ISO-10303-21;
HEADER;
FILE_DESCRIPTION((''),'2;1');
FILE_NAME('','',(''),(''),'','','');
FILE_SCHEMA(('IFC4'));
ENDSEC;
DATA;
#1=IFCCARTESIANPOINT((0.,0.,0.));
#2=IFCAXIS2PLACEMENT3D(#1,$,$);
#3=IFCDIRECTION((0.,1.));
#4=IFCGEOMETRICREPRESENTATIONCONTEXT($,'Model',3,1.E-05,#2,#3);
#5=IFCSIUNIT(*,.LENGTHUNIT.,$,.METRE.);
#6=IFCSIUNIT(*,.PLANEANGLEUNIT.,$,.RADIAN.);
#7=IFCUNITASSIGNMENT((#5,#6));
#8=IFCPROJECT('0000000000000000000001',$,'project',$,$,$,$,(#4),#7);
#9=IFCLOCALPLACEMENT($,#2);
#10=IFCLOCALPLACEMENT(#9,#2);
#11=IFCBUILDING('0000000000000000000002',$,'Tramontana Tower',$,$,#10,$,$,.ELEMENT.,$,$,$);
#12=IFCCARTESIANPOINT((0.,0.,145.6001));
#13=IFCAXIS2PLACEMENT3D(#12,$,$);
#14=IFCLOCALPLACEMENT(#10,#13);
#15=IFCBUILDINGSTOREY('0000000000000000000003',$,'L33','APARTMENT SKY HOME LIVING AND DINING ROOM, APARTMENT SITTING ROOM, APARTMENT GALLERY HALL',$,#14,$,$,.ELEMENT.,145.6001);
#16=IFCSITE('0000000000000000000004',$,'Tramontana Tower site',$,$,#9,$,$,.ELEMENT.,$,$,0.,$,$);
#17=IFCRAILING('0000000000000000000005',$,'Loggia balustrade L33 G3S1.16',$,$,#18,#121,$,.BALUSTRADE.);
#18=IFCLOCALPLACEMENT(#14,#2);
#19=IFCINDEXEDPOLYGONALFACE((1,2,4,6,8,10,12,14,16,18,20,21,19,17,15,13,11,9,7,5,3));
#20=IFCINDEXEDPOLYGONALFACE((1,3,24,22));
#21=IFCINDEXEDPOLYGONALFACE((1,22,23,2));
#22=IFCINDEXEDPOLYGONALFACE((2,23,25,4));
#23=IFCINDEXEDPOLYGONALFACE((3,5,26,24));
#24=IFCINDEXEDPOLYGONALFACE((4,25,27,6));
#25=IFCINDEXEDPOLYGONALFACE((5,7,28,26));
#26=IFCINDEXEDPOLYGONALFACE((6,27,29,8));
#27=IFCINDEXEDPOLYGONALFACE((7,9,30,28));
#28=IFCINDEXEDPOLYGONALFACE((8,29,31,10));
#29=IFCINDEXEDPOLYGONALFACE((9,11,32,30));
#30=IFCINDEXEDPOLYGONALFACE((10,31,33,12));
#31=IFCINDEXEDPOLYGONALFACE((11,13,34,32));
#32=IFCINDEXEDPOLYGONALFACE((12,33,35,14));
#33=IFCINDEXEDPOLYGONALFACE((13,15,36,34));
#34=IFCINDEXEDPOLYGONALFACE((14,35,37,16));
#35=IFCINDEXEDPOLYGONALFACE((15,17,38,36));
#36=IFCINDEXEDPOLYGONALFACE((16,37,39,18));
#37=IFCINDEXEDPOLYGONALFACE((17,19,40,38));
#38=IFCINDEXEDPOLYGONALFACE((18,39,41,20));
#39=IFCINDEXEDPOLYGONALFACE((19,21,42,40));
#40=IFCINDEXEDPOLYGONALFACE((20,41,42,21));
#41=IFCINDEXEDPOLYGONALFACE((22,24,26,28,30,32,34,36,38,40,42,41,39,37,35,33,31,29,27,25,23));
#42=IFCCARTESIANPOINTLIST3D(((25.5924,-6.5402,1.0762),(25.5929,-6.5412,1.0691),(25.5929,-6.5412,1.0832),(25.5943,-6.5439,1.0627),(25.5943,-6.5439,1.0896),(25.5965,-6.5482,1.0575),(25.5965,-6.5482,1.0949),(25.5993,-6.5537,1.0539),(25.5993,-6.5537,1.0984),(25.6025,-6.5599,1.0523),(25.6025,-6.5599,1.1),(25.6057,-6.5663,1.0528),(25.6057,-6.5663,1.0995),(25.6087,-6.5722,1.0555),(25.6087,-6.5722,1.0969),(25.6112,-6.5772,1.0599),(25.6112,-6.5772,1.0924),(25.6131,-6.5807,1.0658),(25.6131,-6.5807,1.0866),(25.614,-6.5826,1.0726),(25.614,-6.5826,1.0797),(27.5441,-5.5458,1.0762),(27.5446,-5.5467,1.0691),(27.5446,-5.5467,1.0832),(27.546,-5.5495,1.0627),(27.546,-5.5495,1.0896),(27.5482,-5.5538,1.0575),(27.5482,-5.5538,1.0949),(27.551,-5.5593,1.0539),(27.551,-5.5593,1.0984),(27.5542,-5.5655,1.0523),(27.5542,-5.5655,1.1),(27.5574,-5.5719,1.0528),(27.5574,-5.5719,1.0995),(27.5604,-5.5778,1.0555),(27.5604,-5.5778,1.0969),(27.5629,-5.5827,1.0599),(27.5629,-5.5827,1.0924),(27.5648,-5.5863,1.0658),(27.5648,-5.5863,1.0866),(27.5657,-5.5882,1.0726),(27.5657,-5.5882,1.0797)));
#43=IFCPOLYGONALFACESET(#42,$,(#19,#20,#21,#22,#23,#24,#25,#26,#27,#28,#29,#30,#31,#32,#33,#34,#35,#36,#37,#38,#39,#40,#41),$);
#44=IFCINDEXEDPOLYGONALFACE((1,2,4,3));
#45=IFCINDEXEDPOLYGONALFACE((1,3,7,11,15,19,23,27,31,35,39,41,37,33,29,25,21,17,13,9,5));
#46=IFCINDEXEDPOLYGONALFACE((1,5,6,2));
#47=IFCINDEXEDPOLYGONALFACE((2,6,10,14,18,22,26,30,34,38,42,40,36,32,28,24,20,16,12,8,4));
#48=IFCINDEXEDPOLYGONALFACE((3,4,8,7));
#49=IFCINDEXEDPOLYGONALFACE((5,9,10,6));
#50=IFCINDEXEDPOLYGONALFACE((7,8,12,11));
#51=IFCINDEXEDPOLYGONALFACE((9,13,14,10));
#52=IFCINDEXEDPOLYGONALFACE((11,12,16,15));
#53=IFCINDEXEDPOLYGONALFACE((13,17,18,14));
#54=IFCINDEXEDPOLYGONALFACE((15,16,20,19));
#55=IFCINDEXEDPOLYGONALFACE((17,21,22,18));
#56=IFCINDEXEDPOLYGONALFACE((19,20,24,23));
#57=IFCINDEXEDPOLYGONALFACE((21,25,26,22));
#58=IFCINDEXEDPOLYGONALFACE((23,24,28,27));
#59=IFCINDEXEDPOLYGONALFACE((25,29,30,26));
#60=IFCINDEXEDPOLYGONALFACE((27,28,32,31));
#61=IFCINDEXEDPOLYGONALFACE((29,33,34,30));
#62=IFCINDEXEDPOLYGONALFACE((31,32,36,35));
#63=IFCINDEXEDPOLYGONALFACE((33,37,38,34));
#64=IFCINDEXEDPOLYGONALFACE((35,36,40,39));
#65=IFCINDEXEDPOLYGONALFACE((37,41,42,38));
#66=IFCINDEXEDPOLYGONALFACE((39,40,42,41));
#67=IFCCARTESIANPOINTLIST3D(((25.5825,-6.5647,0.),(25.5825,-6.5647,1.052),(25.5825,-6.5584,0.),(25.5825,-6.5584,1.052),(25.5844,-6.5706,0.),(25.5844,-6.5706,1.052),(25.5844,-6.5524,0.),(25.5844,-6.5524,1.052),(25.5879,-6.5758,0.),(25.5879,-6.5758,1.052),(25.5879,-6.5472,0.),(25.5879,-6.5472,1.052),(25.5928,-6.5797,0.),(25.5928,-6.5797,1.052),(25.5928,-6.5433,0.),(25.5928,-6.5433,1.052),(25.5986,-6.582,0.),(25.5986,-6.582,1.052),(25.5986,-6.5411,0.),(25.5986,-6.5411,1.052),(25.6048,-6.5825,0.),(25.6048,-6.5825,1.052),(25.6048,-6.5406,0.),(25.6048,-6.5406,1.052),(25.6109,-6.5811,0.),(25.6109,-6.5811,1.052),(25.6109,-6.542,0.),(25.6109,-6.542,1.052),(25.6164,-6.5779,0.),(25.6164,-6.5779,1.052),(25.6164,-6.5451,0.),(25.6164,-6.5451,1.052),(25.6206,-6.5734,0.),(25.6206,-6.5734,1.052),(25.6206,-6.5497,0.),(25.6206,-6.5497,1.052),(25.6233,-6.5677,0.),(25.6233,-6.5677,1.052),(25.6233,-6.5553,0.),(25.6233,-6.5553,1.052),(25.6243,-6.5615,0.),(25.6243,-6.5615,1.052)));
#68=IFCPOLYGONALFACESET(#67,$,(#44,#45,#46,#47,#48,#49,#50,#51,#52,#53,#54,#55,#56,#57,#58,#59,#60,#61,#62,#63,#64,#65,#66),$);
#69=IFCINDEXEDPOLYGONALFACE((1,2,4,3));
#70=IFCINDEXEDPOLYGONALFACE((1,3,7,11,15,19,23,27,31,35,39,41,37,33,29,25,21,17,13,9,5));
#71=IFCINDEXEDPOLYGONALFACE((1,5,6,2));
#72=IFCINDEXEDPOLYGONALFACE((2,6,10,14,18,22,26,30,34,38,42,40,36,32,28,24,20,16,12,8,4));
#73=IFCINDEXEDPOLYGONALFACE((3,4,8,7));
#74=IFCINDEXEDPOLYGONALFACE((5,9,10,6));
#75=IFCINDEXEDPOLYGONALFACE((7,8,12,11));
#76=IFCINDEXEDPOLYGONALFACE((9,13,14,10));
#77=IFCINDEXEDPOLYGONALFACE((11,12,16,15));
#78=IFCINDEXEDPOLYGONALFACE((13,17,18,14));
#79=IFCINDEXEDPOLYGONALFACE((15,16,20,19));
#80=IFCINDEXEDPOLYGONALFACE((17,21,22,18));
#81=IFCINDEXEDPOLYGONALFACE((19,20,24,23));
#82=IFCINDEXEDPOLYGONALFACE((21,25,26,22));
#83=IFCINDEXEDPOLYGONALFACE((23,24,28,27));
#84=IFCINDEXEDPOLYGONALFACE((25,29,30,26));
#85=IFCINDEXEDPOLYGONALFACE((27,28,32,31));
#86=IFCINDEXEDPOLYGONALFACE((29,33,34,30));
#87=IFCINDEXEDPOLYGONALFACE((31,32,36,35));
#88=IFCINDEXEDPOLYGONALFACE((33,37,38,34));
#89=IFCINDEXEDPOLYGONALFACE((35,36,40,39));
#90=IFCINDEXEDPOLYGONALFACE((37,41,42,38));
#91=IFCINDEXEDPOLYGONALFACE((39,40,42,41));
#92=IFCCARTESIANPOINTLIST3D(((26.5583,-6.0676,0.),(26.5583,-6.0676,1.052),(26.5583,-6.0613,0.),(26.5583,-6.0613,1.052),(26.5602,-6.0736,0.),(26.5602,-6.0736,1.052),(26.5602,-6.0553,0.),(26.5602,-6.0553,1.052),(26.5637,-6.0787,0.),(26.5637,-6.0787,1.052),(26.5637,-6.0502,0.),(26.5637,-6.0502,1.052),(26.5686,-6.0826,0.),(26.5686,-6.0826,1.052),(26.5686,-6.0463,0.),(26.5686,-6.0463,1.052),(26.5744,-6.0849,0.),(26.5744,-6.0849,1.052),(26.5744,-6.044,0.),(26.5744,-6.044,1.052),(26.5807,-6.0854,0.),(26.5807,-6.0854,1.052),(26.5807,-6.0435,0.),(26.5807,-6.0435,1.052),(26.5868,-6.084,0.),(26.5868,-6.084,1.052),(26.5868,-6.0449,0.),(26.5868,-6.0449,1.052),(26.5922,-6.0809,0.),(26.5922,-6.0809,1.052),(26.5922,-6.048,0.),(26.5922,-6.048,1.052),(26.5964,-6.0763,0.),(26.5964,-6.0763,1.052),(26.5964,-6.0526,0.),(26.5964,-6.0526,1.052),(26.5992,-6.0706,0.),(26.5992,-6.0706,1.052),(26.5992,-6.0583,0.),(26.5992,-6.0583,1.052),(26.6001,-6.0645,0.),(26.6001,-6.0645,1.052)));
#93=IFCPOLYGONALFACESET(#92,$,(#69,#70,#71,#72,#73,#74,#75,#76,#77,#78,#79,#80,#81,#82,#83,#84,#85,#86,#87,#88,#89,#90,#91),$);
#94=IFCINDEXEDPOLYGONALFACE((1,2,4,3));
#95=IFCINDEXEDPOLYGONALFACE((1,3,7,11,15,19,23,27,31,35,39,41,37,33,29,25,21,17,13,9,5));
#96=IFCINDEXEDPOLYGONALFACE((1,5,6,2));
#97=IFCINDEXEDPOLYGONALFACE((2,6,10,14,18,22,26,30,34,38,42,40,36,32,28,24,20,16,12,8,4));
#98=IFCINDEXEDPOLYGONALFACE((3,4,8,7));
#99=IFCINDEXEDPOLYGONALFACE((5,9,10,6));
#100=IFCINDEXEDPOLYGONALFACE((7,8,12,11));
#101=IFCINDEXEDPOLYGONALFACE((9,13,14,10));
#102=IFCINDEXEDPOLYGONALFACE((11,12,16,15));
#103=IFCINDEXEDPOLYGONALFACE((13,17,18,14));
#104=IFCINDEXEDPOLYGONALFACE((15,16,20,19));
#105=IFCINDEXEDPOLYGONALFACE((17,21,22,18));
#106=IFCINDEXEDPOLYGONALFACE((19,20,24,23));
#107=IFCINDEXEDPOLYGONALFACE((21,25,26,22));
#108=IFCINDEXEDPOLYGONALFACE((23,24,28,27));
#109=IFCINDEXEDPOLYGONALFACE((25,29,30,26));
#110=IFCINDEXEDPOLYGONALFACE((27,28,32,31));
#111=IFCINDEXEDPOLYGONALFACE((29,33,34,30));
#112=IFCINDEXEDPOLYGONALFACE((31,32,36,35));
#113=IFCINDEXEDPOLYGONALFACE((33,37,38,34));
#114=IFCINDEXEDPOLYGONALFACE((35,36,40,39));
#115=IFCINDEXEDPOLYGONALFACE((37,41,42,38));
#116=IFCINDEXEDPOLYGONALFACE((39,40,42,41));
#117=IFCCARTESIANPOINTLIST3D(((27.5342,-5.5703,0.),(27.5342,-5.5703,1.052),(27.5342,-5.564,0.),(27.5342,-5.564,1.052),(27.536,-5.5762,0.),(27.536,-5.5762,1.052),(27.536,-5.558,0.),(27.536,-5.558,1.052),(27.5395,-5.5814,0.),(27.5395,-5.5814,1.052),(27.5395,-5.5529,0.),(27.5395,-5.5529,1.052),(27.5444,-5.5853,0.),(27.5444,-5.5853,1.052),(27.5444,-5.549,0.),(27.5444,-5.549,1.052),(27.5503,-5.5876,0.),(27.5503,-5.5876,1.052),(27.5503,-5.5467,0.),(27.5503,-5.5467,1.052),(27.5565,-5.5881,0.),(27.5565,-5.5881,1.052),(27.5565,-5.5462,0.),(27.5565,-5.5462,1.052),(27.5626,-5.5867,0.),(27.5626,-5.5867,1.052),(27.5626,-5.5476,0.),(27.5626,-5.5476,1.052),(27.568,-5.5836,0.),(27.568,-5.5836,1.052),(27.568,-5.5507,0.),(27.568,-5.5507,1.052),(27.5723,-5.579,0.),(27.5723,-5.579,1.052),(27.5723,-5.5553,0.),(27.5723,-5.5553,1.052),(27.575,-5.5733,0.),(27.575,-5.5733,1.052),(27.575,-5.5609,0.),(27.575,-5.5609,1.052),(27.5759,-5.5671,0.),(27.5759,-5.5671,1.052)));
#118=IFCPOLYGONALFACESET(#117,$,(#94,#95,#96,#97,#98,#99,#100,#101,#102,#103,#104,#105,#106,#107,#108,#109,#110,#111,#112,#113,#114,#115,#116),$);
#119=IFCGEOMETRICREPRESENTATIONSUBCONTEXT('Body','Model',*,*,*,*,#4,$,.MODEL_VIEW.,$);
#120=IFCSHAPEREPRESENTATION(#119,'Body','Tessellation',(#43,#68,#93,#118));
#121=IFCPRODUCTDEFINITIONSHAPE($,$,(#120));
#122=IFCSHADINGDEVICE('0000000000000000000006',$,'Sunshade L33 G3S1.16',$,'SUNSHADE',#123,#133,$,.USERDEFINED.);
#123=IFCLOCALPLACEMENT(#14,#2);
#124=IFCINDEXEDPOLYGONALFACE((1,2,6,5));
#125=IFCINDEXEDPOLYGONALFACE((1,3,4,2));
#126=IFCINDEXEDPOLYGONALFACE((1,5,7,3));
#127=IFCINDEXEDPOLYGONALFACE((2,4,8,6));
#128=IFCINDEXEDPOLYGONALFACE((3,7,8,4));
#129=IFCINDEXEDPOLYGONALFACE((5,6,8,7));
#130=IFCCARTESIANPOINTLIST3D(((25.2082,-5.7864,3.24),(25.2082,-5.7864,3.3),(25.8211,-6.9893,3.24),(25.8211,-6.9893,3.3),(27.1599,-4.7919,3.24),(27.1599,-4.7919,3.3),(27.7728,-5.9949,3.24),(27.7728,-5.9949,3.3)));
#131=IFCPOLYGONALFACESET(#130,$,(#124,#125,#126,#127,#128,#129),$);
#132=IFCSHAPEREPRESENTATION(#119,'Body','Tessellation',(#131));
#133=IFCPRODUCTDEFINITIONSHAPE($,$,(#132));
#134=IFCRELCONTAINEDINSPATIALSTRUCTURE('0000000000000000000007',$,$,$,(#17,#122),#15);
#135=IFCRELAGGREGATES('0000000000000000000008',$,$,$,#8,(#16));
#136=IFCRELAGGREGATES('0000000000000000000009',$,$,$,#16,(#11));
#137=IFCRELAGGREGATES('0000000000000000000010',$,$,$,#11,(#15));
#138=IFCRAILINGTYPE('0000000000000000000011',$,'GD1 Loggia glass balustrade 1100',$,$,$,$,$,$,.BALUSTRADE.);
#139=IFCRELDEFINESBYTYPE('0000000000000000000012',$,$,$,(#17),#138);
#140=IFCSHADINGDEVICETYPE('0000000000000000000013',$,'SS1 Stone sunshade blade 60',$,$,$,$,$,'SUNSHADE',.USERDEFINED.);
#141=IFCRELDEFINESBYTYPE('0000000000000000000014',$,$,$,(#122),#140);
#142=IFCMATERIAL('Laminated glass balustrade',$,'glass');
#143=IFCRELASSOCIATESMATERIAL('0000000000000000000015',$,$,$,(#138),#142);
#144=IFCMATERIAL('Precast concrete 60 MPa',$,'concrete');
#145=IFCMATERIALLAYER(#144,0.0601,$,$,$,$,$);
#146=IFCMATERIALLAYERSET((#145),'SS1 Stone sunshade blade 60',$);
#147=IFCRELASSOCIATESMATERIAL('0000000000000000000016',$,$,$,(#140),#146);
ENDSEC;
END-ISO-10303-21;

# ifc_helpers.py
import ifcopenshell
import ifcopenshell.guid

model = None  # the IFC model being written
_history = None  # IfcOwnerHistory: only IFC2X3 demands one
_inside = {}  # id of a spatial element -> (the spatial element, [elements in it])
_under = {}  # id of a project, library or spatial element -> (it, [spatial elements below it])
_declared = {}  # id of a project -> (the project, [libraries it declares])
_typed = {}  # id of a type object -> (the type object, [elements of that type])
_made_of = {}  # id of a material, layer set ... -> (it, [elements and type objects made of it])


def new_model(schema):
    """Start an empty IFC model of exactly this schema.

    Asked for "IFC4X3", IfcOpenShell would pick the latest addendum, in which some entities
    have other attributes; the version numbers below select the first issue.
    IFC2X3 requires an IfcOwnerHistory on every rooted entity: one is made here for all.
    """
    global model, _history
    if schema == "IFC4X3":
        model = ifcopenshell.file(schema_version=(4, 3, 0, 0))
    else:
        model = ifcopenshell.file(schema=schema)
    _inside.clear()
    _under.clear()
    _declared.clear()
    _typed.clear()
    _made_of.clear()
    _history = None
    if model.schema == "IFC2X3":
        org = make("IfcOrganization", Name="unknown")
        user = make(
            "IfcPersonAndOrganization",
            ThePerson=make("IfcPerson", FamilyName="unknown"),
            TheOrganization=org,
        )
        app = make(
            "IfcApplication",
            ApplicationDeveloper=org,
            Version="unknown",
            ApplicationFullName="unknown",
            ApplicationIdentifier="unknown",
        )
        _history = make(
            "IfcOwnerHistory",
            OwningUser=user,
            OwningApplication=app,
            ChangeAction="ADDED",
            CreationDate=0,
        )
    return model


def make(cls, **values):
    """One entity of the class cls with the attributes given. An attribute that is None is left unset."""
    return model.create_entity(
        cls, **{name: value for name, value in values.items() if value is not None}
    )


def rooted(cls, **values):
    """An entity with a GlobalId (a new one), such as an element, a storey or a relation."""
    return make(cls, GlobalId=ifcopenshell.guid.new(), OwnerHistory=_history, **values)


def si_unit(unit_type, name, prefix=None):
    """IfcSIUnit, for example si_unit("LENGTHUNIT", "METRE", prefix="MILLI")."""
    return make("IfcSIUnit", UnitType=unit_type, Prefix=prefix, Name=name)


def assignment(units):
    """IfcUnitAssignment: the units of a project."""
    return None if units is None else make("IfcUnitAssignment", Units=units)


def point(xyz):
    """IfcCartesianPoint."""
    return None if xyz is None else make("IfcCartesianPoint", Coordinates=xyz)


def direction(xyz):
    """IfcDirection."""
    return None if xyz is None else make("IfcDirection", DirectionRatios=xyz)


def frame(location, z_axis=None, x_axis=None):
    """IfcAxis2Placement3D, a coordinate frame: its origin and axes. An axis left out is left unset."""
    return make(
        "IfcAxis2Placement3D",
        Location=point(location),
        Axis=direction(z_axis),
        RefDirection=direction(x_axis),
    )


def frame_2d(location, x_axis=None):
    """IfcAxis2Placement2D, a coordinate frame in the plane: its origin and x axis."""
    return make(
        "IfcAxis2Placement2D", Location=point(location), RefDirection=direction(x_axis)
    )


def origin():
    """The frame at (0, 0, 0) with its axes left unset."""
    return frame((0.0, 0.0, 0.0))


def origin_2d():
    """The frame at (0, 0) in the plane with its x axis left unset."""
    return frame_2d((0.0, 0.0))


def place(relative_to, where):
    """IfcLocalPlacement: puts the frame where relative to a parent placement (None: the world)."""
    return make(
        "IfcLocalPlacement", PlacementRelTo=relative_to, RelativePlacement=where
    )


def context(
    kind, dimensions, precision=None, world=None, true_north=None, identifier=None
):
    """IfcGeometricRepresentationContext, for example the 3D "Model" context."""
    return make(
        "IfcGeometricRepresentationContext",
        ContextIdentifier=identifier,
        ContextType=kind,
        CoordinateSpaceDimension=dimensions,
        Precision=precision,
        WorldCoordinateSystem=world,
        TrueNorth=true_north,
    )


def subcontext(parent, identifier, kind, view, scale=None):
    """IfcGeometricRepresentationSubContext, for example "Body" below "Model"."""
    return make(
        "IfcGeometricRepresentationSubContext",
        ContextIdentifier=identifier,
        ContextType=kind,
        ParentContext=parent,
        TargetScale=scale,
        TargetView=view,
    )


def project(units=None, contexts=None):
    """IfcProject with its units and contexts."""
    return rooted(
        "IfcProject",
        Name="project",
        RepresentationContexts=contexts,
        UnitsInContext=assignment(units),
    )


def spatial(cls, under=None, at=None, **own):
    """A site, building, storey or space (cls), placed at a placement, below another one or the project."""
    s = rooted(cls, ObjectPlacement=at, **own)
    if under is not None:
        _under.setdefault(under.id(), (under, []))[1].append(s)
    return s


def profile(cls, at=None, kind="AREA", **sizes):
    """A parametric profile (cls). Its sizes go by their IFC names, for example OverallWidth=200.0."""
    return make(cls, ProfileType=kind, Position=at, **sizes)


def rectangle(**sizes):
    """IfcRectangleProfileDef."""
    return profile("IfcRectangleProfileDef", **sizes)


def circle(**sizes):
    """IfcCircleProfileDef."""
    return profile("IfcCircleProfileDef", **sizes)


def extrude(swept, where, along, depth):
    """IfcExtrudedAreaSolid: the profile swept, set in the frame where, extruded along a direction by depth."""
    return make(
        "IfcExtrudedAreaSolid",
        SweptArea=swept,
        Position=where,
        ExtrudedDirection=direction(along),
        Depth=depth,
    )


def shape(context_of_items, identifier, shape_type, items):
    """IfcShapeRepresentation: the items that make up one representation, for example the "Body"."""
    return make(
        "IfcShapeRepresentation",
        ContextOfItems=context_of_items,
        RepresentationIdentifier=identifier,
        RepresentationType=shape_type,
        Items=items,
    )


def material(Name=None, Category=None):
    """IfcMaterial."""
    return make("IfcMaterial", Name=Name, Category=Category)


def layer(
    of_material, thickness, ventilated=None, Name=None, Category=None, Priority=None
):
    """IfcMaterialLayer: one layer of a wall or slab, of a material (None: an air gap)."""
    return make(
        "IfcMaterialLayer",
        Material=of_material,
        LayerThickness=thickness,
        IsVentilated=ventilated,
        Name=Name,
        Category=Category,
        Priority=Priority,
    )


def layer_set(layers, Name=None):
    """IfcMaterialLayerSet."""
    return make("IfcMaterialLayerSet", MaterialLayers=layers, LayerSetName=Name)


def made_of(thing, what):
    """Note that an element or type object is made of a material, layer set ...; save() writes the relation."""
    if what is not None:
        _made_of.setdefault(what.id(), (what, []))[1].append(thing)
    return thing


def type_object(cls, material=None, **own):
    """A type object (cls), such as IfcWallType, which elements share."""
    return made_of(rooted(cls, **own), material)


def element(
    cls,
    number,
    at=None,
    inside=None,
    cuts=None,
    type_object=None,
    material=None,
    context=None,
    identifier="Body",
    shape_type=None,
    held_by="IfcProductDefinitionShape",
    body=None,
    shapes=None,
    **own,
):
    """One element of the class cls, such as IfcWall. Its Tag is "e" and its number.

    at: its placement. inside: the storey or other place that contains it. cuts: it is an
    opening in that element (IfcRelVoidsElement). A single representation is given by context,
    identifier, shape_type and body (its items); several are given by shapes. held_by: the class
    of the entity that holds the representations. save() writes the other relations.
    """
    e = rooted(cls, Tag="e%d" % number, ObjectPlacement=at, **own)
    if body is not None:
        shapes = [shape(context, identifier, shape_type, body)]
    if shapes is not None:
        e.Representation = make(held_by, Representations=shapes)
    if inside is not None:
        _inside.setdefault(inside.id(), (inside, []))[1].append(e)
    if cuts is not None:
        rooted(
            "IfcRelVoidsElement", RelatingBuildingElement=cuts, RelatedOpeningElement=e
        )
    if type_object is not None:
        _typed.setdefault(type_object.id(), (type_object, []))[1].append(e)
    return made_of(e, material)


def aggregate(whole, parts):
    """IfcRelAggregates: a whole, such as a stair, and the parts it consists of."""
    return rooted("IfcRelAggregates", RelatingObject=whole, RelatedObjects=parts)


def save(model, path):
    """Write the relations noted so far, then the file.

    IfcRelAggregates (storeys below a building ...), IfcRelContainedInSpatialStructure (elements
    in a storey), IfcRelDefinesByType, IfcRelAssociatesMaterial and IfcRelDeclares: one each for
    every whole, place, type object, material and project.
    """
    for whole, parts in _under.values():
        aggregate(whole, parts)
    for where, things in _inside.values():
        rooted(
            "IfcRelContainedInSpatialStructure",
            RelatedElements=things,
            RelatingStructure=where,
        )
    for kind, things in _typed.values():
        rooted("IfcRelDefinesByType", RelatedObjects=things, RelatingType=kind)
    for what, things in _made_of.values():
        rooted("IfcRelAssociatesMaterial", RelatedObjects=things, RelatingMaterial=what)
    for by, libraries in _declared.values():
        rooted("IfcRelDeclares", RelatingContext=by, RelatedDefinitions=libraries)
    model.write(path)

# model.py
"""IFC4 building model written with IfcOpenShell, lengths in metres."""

from ifc_helpers import new_model, si_unit, direction, frame, origin, origin_2d, place, context, subcontext, project, spatial, rectangle, circle, extrude, material, layer, layer_set, type_object, element, save


model = new_model("IFC4")

# Units and contexts
model_context = context("Model", 3, precision=1e-05, world=origin(), true_north=direction((0.0, 1.0)))
body_context = subcontext(model_context, "Body", "Model", "MODEL_VIEW")
ifc_project = project(units=[si_unit("LENGTHUNIT", "METRE"), si_unit("PLANEANGLEUNIT", "RADIAN")], contexts=[model_context])

# Site, building, storey
site_placement = place(None, origin())
site = spatial("IfcSite", under=ifc_project, at=site_placement, Name="Tramontana Tower site", CompositionType="ELEMENT", RefElevation=0.0)
building_placement = place(site_placement, origin())
building = spatial("IfcBuilding", under=site, at=building_placement, Name="Tramontana Tower", CompositionType="ELEMENT")
storey_placement = place(building_placement, frame((0.0, 0.0, 145.6001)))
storey = spatial("IfcBuildingStorey", under=building, at=storey_placement, Name="L33", Description="APARTMENT SKY HOME LIVING AND DINING ROOM, APARTMENT SITTING ROOM, APARTMENT GALLERY HALL", CompositionType="ELEMENT", Elevation=145.6001)

# Railing
ifc_material_1 = material(Name="Laminated glass balustrade", Category="glass")
railing_type = type_object("IfcRailingType", Name="GD1 Loggia glass balustrade 1100", PredefinedType="BALUSTRADE", material=ifc_material_1)
railing_placement = place(storey_placement, frame((25.6033, -6.5615, 0.0)))
element("IfcRailing", 1, at=railing_placement, inside=storey, type_object=railing_type, Name="Loggia balustrade L33 G3S1.16", PredefinedType="BALUSTRADE", context=body_context, shape_type="SweptSolid", body=[
    extrude(circle(Radius=0.0239, at=origin_2d()), frame((0.0, 0.0, 1.0762), z_axis=(0.891013, 0.453978, 0.0), x_axis=(-0.453978, 0.891013, 0.0)), (0.0, 0.0, 1.0), 2.1904),
    extrude(circle(Radius=0.021, at=origin_2d()), origin(), (0.0, 0.0, 1.0), 1.052),
    extrude(circle(Radius=0.021, at=origin_2d()), frame((0.9758, 0.4971, 0.0)), (0.0, 0.0, 1.0), 1.052),
    extrude(circle(Radius=0.021, at=origin_2d()), frame((1.9517, 0.9944, 0.0)), (0.0, 0.0, 1.0), 1.052),
])

# Shading device
ifc_material_2 = material(Name="Precast concrete 60 MPa", Category="concrete")
ifc_layer_1 = layer(ifc_material_2, 0.0601)
ifc_layer_set_1 = layer_set([ifc_layer_1], Name="SS1 Stone sunshade blade 60")
shading_device_type = type_object("IfcShadingDeviceType", Name="SS1 Stone sunshade blade 60", ElementType="SUNSHADE", PredefinedType="USERDEFINED", material=ifc_layer_set_1)
shading_device_placement = place(storey_placement, frame((26.4905, -5.8906, 3.24), z_axis=(0.0, 0.0, 1.0), x_axis=(0.891007, 0.45399, 0.0)))
element("IfcShadingDevice", 2, at=shading_device_placement, inside=storey, type_object=shading_device_type, Name="Sunshade L33 G3S1.16", ObjectType="SUNSHADE", PredefinedType="USERDEFINED", context=body_context, shape_type="SweptSolid", body=[
    extrude(rectangle(XDim=2.1904, YDim=1.3501, at=origin_2d()), origin(), (0.0, 0.0, 1.0), 0.0601),
])

save(model, "model.ifc")
